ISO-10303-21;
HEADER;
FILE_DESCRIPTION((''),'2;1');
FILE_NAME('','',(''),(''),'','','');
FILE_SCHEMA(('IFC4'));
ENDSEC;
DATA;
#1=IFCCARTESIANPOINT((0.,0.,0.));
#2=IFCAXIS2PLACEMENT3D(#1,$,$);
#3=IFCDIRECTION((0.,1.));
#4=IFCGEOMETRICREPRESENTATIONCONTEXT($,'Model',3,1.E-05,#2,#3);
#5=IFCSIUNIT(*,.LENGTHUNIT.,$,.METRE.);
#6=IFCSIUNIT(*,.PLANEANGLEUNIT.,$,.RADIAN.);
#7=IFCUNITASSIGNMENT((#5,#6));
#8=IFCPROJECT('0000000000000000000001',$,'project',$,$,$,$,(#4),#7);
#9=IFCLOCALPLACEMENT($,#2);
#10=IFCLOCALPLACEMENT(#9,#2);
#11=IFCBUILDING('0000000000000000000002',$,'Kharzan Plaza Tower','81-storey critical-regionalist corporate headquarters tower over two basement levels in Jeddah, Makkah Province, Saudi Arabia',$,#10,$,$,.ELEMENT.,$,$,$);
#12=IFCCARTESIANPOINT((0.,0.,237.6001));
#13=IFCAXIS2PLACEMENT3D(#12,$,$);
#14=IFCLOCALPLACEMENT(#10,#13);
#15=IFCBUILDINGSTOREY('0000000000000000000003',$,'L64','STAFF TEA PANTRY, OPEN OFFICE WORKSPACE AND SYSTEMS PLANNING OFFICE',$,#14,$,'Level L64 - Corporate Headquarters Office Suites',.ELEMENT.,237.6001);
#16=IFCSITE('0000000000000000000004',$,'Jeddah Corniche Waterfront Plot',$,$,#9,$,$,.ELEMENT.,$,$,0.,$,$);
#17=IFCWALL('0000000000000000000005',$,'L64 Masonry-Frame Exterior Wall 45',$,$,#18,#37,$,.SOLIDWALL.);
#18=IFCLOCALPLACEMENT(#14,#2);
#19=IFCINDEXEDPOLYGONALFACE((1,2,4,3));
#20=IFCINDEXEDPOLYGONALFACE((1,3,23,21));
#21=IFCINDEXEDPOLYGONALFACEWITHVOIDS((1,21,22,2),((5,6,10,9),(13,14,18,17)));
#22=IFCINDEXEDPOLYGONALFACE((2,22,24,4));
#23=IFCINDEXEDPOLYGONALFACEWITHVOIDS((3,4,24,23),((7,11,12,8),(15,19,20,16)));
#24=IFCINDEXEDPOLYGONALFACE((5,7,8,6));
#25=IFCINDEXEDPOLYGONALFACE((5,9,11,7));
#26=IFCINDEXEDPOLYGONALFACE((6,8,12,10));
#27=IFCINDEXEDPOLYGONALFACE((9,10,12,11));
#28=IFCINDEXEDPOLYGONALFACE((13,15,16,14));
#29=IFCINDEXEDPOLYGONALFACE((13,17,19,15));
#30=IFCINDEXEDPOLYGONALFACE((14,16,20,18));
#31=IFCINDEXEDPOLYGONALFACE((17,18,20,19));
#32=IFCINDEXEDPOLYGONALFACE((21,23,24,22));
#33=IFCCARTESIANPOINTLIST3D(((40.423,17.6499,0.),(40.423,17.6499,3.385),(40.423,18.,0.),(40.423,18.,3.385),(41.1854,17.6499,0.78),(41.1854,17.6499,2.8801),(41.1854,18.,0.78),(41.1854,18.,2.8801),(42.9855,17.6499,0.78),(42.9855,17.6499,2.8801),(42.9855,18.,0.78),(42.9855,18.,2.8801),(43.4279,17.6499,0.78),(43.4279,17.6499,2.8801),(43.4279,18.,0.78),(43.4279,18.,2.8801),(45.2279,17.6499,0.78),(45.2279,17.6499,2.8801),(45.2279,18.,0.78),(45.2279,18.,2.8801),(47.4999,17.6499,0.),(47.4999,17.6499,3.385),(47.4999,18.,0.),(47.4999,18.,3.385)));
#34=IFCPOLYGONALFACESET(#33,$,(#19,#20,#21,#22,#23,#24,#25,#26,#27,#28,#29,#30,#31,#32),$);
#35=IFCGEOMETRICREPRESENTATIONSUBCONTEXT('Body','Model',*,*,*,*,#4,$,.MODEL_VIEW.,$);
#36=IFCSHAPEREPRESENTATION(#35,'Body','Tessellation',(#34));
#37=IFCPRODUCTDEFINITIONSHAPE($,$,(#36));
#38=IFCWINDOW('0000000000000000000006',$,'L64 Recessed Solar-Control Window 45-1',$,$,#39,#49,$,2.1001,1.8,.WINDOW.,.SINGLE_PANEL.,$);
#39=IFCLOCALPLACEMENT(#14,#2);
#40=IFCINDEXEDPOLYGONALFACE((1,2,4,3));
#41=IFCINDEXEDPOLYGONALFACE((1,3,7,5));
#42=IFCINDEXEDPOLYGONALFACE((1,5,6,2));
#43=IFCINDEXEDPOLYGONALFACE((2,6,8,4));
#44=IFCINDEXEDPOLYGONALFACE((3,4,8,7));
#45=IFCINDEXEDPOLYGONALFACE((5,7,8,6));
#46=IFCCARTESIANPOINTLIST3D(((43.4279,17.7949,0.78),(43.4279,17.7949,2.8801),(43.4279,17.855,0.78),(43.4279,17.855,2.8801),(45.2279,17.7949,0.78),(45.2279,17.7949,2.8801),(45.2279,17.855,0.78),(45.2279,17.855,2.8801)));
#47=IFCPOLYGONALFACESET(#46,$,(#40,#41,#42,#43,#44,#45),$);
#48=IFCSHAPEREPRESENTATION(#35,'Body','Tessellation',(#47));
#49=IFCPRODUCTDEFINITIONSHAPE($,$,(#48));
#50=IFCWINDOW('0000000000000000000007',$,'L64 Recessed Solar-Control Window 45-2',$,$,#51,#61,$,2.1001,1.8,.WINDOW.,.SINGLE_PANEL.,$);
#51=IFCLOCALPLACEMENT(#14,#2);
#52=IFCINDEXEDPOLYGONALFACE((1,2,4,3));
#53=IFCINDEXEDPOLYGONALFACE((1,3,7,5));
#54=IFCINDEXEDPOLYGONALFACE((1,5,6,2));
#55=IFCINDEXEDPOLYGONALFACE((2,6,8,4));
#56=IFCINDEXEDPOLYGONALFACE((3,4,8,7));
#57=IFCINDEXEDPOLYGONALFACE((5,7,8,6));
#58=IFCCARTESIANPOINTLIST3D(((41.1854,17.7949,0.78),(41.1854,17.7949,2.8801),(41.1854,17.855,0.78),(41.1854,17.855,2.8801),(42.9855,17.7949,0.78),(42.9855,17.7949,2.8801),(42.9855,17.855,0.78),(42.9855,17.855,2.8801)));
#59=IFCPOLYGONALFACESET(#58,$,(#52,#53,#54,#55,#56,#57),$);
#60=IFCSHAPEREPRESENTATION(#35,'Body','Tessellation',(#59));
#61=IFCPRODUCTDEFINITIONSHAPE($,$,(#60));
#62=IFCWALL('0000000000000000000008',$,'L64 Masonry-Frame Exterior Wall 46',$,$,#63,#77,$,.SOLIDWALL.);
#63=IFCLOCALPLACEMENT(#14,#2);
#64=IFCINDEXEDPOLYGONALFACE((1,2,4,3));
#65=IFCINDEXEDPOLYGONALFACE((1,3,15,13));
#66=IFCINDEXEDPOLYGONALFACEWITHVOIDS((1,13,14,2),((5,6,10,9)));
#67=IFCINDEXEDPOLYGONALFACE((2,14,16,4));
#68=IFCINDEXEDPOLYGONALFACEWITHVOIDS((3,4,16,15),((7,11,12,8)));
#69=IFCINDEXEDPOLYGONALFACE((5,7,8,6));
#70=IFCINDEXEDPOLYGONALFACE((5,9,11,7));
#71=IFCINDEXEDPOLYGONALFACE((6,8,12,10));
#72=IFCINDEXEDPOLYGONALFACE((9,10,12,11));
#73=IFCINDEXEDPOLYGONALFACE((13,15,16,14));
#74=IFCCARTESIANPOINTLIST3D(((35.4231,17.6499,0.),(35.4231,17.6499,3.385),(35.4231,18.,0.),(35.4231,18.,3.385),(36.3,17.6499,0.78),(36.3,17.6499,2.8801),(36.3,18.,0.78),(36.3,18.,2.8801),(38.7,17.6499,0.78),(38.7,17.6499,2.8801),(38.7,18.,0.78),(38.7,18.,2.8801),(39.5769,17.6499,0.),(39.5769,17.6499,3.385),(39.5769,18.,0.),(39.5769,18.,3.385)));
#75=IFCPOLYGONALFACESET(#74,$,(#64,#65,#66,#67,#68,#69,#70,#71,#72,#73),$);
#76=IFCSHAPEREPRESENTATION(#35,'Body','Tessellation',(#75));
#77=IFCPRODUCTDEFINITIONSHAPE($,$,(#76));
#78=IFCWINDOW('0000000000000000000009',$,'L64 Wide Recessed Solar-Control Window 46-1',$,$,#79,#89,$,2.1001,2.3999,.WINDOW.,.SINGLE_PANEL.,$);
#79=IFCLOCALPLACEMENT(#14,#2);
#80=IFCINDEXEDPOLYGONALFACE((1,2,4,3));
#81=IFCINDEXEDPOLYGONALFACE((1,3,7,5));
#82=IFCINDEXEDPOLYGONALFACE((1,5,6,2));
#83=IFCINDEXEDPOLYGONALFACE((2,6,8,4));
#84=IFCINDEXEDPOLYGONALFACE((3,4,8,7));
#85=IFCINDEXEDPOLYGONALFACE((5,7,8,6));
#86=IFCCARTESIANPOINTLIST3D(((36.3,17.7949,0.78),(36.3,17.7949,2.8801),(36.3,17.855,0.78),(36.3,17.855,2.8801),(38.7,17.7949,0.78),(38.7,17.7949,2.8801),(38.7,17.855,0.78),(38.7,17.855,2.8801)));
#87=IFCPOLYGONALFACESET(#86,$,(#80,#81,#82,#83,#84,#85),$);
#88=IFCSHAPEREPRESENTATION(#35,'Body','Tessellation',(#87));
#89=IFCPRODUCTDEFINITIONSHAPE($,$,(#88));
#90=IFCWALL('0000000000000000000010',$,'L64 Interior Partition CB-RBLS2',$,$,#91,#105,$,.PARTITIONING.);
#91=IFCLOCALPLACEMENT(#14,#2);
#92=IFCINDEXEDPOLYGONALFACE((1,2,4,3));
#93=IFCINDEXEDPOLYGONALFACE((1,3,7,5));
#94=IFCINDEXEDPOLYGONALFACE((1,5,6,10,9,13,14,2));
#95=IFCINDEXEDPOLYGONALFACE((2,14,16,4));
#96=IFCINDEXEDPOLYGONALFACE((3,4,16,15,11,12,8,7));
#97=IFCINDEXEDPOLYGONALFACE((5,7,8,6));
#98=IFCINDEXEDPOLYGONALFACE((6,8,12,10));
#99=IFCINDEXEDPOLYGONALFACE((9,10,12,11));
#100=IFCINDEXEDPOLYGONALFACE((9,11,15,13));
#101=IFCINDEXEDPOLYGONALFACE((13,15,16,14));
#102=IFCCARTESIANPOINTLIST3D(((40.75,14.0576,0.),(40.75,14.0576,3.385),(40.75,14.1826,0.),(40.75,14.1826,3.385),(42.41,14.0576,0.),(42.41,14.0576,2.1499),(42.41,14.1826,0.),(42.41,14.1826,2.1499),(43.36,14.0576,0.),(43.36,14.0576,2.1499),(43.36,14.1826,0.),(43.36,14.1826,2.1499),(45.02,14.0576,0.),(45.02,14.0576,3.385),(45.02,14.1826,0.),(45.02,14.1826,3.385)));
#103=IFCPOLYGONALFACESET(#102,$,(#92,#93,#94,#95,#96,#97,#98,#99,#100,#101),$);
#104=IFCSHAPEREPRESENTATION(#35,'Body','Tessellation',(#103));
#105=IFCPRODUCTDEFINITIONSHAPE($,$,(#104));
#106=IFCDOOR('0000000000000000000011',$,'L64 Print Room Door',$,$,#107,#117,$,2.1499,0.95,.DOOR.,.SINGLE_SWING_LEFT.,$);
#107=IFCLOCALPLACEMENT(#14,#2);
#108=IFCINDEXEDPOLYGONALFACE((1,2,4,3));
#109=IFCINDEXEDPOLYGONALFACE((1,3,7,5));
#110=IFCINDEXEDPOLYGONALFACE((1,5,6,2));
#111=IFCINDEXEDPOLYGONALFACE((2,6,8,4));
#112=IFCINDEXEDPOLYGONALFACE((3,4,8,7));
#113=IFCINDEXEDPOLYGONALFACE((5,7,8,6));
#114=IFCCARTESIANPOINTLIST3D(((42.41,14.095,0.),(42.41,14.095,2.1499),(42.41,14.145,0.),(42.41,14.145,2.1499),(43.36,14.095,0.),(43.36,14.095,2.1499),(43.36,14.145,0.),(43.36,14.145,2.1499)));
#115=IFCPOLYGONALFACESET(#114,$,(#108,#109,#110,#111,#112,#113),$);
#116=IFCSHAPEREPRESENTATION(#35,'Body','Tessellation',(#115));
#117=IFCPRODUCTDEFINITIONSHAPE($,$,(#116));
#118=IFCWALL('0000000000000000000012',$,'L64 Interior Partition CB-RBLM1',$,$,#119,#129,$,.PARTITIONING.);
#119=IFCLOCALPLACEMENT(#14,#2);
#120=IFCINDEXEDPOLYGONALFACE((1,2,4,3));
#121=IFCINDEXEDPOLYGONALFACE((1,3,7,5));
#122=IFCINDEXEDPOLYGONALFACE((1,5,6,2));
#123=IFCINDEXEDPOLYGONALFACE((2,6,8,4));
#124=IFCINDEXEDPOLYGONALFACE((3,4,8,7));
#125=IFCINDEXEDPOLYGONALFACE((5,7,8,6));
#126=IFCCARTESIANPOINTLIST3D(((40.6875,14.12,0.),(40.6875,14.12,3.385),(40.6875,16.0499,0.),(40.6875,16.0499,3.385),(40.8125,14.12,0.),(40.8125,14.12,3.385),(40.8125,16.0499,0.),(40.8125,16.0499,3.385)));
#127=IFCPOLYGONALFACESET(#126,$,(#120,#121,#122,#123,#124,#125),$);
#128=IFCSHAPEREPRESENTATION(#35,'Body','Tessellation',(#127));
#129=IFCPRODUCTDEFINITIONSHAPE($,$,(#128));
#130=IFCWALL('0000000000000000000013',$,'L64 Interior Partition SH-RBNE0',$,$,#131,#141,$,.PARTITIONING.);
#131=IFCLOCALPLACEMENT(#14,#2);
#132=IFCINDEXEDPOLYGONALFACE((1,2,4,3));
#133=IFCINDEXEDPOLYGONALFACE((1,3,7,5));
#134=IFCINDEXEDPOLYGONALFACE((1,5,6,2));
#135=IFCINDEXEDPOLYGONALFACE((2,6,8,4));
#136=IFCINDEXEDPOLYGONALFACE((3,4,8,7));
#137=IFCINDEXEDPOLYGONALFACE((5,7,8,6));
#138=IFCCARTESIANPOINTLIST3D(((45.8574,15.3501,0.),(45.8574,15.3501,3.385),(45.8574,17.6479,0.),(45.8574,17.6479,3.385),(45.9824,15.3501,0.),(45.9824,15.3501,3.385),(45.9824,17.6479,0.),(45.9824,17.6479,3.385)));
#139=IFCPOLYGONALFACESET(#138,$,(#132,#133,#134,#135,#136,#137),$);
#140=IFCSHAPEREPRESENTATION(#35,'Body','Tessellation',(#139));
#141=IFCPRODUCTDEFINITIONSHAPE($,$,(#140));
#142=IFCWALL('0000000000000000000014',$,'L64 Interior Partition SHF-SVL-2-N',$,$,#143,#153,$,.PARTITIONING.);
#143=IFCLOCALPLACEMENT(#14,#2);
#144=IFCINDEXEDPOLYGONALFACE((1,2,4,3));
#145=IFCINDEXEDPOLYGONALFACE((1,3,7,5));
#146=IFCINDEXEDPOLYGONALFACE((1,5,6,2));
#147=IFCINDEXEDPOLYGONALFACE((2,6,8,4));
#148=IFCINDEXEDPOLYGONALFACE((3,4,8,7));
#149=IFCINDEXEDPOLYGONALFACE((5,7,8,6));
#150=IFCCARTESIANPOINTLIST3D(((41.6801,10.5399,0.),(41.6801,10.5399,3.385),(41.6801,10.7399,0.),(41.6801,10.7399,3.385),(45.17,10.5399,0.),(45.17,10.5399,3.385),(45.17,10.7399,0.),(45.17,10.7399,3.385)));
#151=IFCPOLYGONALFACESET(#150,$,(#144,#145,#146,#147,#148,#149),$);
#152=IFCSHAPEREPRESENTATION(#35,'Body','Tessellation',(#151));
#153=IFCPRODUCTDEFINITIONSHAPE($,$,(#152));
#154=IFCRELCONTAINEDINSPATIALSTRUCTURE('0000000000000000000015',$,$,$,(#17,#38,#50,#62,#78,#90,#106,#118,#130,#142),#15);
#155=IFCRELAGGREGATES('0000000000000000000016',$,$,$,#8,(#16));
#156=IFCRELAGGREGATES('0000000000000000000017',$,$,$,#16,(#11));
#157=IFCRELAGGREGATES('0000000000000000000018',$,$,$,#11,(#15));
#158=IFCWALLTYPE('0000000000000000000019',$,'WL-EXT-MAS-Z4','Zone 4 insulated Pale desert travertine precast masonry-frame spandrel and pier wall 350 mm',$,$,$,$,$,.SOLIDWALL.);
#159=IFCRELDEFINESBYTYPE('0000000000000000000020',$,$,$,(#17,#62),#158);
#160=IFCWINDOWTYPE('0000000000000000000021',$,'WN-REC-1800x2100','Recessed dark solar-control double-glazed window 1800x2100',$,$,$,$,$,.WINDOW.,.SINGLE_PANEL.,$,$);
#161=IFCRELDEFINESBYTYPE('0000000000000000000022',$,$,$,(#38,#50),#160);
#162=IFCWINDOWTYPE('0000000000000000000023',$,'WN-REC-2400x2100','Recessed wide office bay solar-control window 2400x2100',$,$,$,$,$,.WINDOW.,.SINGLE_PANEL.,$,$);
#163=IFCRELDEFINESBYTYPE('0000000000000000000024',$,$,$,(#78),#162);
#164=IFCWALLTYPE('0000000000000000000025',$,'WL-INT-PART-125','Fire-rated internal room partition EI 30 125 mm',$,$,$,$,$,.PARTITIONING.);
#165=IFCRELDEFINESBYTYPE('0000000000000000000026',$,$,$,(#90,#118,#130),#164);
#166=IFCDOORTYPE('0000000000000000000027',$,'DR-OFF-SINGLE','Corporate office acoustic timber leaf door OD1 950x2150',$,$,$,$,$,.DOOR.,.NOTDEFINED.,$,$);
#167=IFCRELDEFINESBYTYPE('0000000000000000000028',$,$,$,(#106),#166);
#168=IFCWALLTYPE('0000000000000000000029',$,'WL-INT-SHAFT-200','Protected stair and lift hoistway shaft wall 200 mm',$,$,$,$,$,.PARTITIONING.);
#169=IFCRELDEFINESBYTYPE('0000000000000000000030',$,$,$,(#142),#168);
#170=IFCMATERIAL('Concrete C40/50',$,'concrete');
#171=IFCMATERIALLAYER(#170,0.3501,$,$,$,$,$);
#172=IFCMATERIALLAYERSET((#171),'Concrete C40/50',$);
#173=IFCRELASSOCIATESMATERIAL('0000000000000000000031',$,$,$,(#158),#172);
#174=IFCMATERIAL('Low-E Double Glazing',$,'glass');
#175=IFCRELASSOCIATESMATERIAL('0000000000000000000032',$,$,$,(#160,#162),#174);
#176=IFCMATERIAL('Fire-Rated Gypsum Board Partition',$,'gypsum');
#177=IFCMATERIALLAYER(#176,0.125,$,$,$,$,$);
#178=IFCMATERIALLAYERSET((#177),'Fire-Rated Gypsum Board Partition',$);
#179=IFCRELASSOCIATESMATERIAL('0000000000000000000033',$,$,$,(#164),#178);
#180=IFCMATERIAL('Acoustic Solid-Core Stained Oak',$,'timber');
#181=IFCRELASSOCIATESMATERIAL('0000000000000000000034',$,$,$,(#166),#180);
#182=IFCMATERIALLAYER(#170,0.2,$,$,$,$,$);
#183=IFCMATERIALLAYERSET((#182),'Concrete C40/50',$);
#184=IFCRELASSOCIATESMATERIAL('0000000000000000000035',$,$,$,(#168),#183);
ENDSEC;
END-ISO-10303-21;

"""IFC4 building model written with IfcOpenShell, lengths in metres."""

from ifc_helpers import new_model, si_unit, direction, frame, frame_2d, origin, place, context, subcontext, project, spatial, rectangle, extrude, source, transform, mapped, material, layer, layer_set, type_object, element, fill, save


model = new_model("IFC4")

# Units and contexts
model_context = context("Model", 3, precision=1e-05, world=origin(), true_north=direction((0.0, 1.0)))
body_context = subcontext(model_context, "Body", "Model", "MODEL_VIEW")
ifc_project = project(units=[si_unit("LENGTHUNIT", "METRE"), si_unit("PLANEANGLEUNIT", "RADIAN")], contexts=[model_context])

# Site, building, storey
site_placement = place(None, origin())
site = spatial("IfcSite", under=ifc_project, at=site_placement, Name="Jeddah Corniche Waterfront Plot", CompositionType="ELEMENT", RefElevation=0.0)
building_placement = place(site_placement, origin())
building = spatial("IfcBuilding", under=site, at=building_placement, Name="Kharzan Plaza Tower", Description="81-storey critical-regionalist corporate headquarters tower over two basement levels in Jeddah, Makkah Province, Saudi Arabia", CompositionType="ELEMENT")
storey_placement = place(building_placement, frame((0.0, 0.0, 237.6001)))
storey = spatial("IfcBuildingStorey", under=building, at=storey_placement, Name="L64", Description="STAFF TEA PANTRY, OPEN OFFICE WORKSPACE AND SYSTEMS PLANNING OFFICE", LongName="Level L64 - Corporate Headquarters Office Suites", CompositionType="ELEMENT", Elevation=237.6001)

# Shared definitions
ifc_material_1 = material(Name="Concrete C40/50", Category="concrete")
ifc_layer_1 = layer(ifc_material_1, 0.3501)
ifc_layer_set_1 = layer_set([ifc_layer_1], Name="Concrete C40/50")
wall_type_1 = type_object("IfcWallType", Name="WL-EXT-MAS-Z4", Description="Zone 4 insulated Pale desert travertine precast masonry-frame spandrel and pier wall 350 mm", PredefinedType="SOLIDWALL", material=ifc_layer_set_1)
ifc_material_2 = material(Name="Low-E Double Glazing", Category="glass")

# Wall, openings, windows
wall_1_placement = place(storey_placement, frame((47.5, 17.825, 0.0), z_axis=(0.0, 0.0, 1.0), x_axis=(-1.0, 0.0, 0.0)))
wall_1 = element("IfcWall", 1, at=wall_1_placement, inside=storey, type_object=wall_type_1, Name="L64 Masonry-Frame Exterior Wall 45", PredefinedType="SOLIDWALL", context=body_context, shape_type="SweptSolid", body=[
    extrude(rectangle(XDim=7.0769, YDim=0.3501, at=frame_2d((3.5386, 0.0))), origin(), (0.0, 0.0, 1.0), 3.385),
])
opening_1_placement = place(wall_1_placement, frame((2.2722, 0.0, 0.78)))
opening_1 = element("IfcOpeningElement", 2, at=opening_1_placement, cuts=wall_1, PredefinedType="OPENING", context=body_context, shape_type="SweptSolid", body=[
    extrude(rectangle(XDim=1.8, YDim=2.1001, at=frame_2d((0.8999, 1.05))), frame((0.0, 0.1851, 0.0), z_axis=(0.0, -1.0, 0.0), x_axis=(1.0, 0.0, 0.0)), (0.0, 0.0, 1.0), 0.3701),
])
opening_2_placement = place(wall_1_placement, frame((4.5146, 0.0, 0.78)))
opening_2 = element("IfcOpeningElement", 3, at=opening_2_placement, cuts=wall_1, PredefinedType="OPENING", context=body_context, shape_type="SweptSolid", body=[
    extrude(rectangle(XDim=1.8, YDim=2.1001, at=frame_2d((0.8999, 1.05))), frame((0.0, 0.1851, 0.0), z_axis=(0.0, -1.0, 0.0), x_axis=(1.0, 0.0, 0.0)), (0.0, 0.0, 1.0), 0.3701),
])
window_type_1 = type_object("IfcWindowType", Name="WN-REC-1800x2100", Description="Recessed dark solar-control double-glazed window 1800x2100", PartitioningType="SINGLE_PANEL", PredefinedType="WINDOW", material=ifc_material_2)
shared_shape_1 = source(origin(), body_context, "Body", "SweptSolid", [
    extrude(rectangle(XDim=1.8, YDim=2.1001, at=frame_2d((0.8999, 1.05))), frame((0.0, 0.03, 0.0), z_axis=(0.0, -1.0, 0.0), x_axis=(1.0, 0.0, 0.0)), (0.0, 0.0, 1.0), 0.0601),
])
window_1_placement = place(opening_1_placement, origin())
window_1 = element("IfcWindow", 4, at=window_1_placement, inside=storey, type_object=window_type_1, Name="L64 Recessed Solar-Control Window 45-1", OverallHeight=2.1001, OverallWidth=1.8, PartitioningType="SINGLE_PANEL", PredefinedType="WINDOW", context=body_context, shape_type="MappedRepresentation", body=[
    mapped(shared_shape_1, transform((0.0, 0.0, 0.0), x_axis=(1.0, 0.0, 0.0), y_axis=(0.0, 1.0, 0.0), z_axis=(0.0, 0.0, 1.0))),
])
fill(opening_1, window_1)
window_2_placement = place(opening_2_placement, origin())
window_2 = element("IfcWindow", 5, at=window_2_placement, inside=storey, type_object=window_type_1, Name="L64 Recessed Solar-Control Window 45-2", OverallHeight=2.1001, OverallWidth=1.8, PartitioningType="SINGLE_PANEL", PredefinedType="WINDOW", context=body_context, shape_type="MappedRepresentation", body=[
    mapped(shared_shape_1, transform((0.0, 0.0, 0.0), x_axis=(1.0, 0.0, 0.0), y_axis=(0.0, 1.0, 0.0), z_axis=(0.0, 0.0, 1.0))),
])
fill(opening_2, window_2)

# Wall, opening, window
wall_2_placement = place(storey_placement, frame((39.5769, 17.825, 0.0), z_axis=(0.0, 0.0, 1.0), x_axis=(-1.0, 0.0, 0.0)))
wall_2 = element("IfcWall", 6, at=wall_2_placement, inside=storey, type_object=wall_type_1, Name="L64 Masonry-Frame Exterior Wall 46", PredefinedType="SOLIDWALL", context=body_context, shape_type="SweptSolid", body=[
    extrude(rectangle(XDim=4.1538, YDim=0.3501, at=frame_2d((2.0769, 0.0))), origin(), (0.0, 0.0, 1.0), 3.385),
])
opening_3_placement = place(wall_2_placement, frame((0.877, 0.0, 0.78)))
opening_3 = element("IfcOpeningElement", 7, at=opening_3_placement, cuts=wall_2, PredefinedType="OPENING", context=body_context, shape_type="SweptSolid", body=[
    extrude(rectangle(XDim=2.3999, YDim=2.1001, at=frame_2d((1.2, 1.05))), frame((0.0, 0.1851, 0.0), z_axis=(0.0, -1.0, 0.0), x_axis=(1.0, 0.0, 0.0)), (0.0, 0.0, 1.0), 0.3701),
])
window_type_2 = type_object("IfcWindowType", Name="WN-REC-2400x2100", Description="Recessed wide office bay solar-control window 2400x2100", PartitioningType="SINGLE_PANEL", PredefinedType="WINDOW", material=ifc_material_2)
shared_shape_2 = source(origin(), body_context, "Body", "SweptSolid", [
    extrude(rectangle(XDim=2.3999, YDim=2.1001, at=frame_2d((1.2, 1.05))), frame((0.0, 0.03, 0.0), z_axis=(0.0, -1.0, 0.0), x_axis=(1.0, 0.0, 0.0)), (0.0, 0.0, 1.0), 0.0601),
])
window_3_placement = place(opening_3_placement, origin())
window_3 = element("IfcWindow", 8, at=window_3_placement, inside=storey, type_object=window_type_2, Name="L64 Wide Recessed Solar-Control Window 46-1", OverallHeight=2.1001, OverallWidth=2.3999, PartitioningType="SINGLE_PANEL", PredefinedType="WINDOW", context=body_context, shape_type="MappedRepresentation", body=[
    mapped(shared_shape_2, transform((0.0, 0.0, 0.0), x_axis=(1.0, 0.0, 0.0), y_axis=(0.0, 1.0, 0.0), z_axis=(0.0, 0.0, 1.0))),
])
fill(opening_3, window_3)

# Wall, opening, door
ifc_material_3 = material(Name="Fire-Rated Gypsum Board Partition", Category="gypsum")
ifc_layer_2 = layer(ifc_material_3, 0.125)
ifc_layer_set_2 = layer_set([ifc_layer_2], Name="Fire-Rated Gypsum Board Partition")
wall_type_2 = type_object("IfcWallType", Name="WL-INT-PART-125", Description="Fire-rated internal room partition EI 30 125 mm", PredefinedType="PARTITIONING", material=ifc_layer_set_2)
wall_3_placement = place(storey_placement, frame((40.75, 14.1201, 0.0), z_axis=(0.0, 0.0, 1.0), x_axis=(1.0, 0.0, 0.0)))
wall_3 = element("IfcWall", 9, at=wall_3_placement, inside=storey, type_object=wall_type_2, Name="L64 Interior Partition CB-RBLS2", PredefinedType="PARTITIONING", context=body_context, shape_type="SweptSolid", body=[
    extrude(rectangle(XDim=4.27, YDim=0.125, at=frame_2d((2.135, 0.0))), origin(), (0.0, 0.0, 1.0), 3.385),
])
opening_4_placement = place(wall_3_placement, frame((1.6599, 0.0, 0.0)))
opening_4 = element("IfcOpeningElement", 10, at=opening_4_placement, cuts=wall_3, PredefinedType="OPENING", context=body_context, shape_type="SweptSolid", body=[
    extrude(rectangle(XDim=0.95, YDim=2.1499, at=frame_2d((0.4751, 1.075))), frame((0.0, 0.0725, 0.0), z_axis=(0.0, -1.0, 0.0), x_axis=(1.0, 0.0, 0.0)), (0.0, 0.0, 1.0), 0.145),
])
ifc_material_4 = material(Name="Acoustic Solid-Core Stained Oak", Category="timber")
door_type = type_object("IfcDoorType", Name="DR-OFF-SINGLE", Description="Corporate office acoustic timber leaf door OD1 950x2150", OperationType="NOTDEFINED", PredefinedType="DOOR", material=ifc_material_4)
shared_shape_3 = source(origin(), body_context, "Body", "SweptSolid", [
    extrude(rectangle(XDim=0.95, YDim=2.1499, at=frame_2d((0.4751, 1.075))), frame((0.0, 0.0249, 0.0), z_axis=(0.0, -1.0, 0.0), x_axis=(1.0, 0.0, 0.0)), (0.0, 0.0, 1.0), 0.05),
])
door_1_placement = place(opening_4_placement, origin())
door_1 = element("IfcDoor", 11, at=door_1_placement, inside=storey, type_object=door_type, Name="L64 Print Room Door", OperationType="SINGLE_SWING_LEFT", OverallHeight=2.1499, OverallWidth=0.95, PredefinedType="DOOR", context=body_context, shape_type="MappedRepresentation", body=[
    mapped(shared_shape_3, transform((0.0, 0.0, 0.0), x_axis=(1.0, 0.0, 0.0), y_axis=(0.0, 1.0, 0.0), z_axis=(0.0, 0.0, 1.0))),
])
fill(opening_4, door_1)

# Walls
shared_shape_4 = source(origin(), body_context, "Body", "SweptSolid", [
    extrude(rectangle(XDim=1.9299, YDim=0.125, at=frame_2d((0.9648, 0.0))), origin(), (0.0, 0.0, 1.0), 3.385),
])
wall_4_placement = place(storey_placement, frame((40.75, 14.1201, 0.0), z_axis=(0.0, 0.0, 1.0), x_axis=(0.0, 1.0, 0.0)))
element("IfcWall", 12, at=wall_4_placement, inside=storey, type_object=wall_type_2, Name="L64 Interior Partition CB-RBLM1", PredefinedType="PARTITIONING", context=body_context, shape_type="MappedRepresentation", body=[
    mapped(shared_shape_4, transform((0.0, 0.0, 0.0), x_axis=(1.0, 0.0, 0.0), y_axis=(0.0, 1.0, 0.0), z_axis=(0.0, 0.0, 1.0))),
])
shared_shape_5 = source(origin(), body_context, "Body", "SweptSolid", [
    extrude(rectangle(XDim=2.2979, YDim=0.125, at=frame_2d((1.1489, 0.0))), origin(), (0.0, 0.0, 1.0), 3.385),
])
wall_5_placement = place(storey_placement, frame((45.9199, 15.3501, 0.0), z_axis=(0.0, 0.0, 1.0), x_axis=(0.0, 1.0, 0.0)))
element("IfcWall", 13, at=wall_5_placement, inside=storey, type_object=wall_type_2, Name="L64 Interior Partition SH-RBNE0", PredefinedType="PARTITIONING", context=body_context, shape_type="MappedRepresentation", body=[
    mapped(shared_shape_5, transform((0.0, 0.0, 0.0), x_axis=(1.0, 0.0, 0.0), y_axis=(0.0, 1.0, 0.0), z_axis=(0.0, 0.0, 1.0))),
])
ifc_layer_3 = layer(ifc_material_1, 0.2)
ifc_layer_set_3 = layer_set([ifc_layer_3], Name="Concrete C40/50")
wall_type_3 = type_object("IfcWallType", Name="WL-INT-SHAFT-200", Description="Protected stair and lift hoistway shaft wall 200 mm", PredefinedType="PARTITIONING", material=ifc_layer_set_3)
shared_shape_6 = source(origin(), body_context, "Body", "SweptSolid", [
    extrude(rectangle(XDim=3.49, YDim=0.2, at=frame_2d((1.7451, 0.0))), origin(), (0.0, 0.0, 1.0), 3.385),
])
wall_6_placement = place(storey_placement, frame((41.6799, 10.6399, 0.0), z_axis=(0.0, 0.0, 1.0), x_axis=(1.0, 0.0, 0.0)))
element("IfcWall", 14, at=wall_6_placement, inside=storey, type_object=wall_type_3, Name="L64 Interior Partition SHF-SVL-2-N", PredefinedType="PARTITIONING", context=body_context, shape_type="MappedRepresentation", body=[
    mapped(shared_shape_6, transform((0.0, 0.0, 0.0), x_axis=(1.0, 0.0, 0.0), y_axis=(0.0, 1.0, 0.0), z_axis=(0.0, 0.0, 1.0))),
])

save(model, "model.ifc")
